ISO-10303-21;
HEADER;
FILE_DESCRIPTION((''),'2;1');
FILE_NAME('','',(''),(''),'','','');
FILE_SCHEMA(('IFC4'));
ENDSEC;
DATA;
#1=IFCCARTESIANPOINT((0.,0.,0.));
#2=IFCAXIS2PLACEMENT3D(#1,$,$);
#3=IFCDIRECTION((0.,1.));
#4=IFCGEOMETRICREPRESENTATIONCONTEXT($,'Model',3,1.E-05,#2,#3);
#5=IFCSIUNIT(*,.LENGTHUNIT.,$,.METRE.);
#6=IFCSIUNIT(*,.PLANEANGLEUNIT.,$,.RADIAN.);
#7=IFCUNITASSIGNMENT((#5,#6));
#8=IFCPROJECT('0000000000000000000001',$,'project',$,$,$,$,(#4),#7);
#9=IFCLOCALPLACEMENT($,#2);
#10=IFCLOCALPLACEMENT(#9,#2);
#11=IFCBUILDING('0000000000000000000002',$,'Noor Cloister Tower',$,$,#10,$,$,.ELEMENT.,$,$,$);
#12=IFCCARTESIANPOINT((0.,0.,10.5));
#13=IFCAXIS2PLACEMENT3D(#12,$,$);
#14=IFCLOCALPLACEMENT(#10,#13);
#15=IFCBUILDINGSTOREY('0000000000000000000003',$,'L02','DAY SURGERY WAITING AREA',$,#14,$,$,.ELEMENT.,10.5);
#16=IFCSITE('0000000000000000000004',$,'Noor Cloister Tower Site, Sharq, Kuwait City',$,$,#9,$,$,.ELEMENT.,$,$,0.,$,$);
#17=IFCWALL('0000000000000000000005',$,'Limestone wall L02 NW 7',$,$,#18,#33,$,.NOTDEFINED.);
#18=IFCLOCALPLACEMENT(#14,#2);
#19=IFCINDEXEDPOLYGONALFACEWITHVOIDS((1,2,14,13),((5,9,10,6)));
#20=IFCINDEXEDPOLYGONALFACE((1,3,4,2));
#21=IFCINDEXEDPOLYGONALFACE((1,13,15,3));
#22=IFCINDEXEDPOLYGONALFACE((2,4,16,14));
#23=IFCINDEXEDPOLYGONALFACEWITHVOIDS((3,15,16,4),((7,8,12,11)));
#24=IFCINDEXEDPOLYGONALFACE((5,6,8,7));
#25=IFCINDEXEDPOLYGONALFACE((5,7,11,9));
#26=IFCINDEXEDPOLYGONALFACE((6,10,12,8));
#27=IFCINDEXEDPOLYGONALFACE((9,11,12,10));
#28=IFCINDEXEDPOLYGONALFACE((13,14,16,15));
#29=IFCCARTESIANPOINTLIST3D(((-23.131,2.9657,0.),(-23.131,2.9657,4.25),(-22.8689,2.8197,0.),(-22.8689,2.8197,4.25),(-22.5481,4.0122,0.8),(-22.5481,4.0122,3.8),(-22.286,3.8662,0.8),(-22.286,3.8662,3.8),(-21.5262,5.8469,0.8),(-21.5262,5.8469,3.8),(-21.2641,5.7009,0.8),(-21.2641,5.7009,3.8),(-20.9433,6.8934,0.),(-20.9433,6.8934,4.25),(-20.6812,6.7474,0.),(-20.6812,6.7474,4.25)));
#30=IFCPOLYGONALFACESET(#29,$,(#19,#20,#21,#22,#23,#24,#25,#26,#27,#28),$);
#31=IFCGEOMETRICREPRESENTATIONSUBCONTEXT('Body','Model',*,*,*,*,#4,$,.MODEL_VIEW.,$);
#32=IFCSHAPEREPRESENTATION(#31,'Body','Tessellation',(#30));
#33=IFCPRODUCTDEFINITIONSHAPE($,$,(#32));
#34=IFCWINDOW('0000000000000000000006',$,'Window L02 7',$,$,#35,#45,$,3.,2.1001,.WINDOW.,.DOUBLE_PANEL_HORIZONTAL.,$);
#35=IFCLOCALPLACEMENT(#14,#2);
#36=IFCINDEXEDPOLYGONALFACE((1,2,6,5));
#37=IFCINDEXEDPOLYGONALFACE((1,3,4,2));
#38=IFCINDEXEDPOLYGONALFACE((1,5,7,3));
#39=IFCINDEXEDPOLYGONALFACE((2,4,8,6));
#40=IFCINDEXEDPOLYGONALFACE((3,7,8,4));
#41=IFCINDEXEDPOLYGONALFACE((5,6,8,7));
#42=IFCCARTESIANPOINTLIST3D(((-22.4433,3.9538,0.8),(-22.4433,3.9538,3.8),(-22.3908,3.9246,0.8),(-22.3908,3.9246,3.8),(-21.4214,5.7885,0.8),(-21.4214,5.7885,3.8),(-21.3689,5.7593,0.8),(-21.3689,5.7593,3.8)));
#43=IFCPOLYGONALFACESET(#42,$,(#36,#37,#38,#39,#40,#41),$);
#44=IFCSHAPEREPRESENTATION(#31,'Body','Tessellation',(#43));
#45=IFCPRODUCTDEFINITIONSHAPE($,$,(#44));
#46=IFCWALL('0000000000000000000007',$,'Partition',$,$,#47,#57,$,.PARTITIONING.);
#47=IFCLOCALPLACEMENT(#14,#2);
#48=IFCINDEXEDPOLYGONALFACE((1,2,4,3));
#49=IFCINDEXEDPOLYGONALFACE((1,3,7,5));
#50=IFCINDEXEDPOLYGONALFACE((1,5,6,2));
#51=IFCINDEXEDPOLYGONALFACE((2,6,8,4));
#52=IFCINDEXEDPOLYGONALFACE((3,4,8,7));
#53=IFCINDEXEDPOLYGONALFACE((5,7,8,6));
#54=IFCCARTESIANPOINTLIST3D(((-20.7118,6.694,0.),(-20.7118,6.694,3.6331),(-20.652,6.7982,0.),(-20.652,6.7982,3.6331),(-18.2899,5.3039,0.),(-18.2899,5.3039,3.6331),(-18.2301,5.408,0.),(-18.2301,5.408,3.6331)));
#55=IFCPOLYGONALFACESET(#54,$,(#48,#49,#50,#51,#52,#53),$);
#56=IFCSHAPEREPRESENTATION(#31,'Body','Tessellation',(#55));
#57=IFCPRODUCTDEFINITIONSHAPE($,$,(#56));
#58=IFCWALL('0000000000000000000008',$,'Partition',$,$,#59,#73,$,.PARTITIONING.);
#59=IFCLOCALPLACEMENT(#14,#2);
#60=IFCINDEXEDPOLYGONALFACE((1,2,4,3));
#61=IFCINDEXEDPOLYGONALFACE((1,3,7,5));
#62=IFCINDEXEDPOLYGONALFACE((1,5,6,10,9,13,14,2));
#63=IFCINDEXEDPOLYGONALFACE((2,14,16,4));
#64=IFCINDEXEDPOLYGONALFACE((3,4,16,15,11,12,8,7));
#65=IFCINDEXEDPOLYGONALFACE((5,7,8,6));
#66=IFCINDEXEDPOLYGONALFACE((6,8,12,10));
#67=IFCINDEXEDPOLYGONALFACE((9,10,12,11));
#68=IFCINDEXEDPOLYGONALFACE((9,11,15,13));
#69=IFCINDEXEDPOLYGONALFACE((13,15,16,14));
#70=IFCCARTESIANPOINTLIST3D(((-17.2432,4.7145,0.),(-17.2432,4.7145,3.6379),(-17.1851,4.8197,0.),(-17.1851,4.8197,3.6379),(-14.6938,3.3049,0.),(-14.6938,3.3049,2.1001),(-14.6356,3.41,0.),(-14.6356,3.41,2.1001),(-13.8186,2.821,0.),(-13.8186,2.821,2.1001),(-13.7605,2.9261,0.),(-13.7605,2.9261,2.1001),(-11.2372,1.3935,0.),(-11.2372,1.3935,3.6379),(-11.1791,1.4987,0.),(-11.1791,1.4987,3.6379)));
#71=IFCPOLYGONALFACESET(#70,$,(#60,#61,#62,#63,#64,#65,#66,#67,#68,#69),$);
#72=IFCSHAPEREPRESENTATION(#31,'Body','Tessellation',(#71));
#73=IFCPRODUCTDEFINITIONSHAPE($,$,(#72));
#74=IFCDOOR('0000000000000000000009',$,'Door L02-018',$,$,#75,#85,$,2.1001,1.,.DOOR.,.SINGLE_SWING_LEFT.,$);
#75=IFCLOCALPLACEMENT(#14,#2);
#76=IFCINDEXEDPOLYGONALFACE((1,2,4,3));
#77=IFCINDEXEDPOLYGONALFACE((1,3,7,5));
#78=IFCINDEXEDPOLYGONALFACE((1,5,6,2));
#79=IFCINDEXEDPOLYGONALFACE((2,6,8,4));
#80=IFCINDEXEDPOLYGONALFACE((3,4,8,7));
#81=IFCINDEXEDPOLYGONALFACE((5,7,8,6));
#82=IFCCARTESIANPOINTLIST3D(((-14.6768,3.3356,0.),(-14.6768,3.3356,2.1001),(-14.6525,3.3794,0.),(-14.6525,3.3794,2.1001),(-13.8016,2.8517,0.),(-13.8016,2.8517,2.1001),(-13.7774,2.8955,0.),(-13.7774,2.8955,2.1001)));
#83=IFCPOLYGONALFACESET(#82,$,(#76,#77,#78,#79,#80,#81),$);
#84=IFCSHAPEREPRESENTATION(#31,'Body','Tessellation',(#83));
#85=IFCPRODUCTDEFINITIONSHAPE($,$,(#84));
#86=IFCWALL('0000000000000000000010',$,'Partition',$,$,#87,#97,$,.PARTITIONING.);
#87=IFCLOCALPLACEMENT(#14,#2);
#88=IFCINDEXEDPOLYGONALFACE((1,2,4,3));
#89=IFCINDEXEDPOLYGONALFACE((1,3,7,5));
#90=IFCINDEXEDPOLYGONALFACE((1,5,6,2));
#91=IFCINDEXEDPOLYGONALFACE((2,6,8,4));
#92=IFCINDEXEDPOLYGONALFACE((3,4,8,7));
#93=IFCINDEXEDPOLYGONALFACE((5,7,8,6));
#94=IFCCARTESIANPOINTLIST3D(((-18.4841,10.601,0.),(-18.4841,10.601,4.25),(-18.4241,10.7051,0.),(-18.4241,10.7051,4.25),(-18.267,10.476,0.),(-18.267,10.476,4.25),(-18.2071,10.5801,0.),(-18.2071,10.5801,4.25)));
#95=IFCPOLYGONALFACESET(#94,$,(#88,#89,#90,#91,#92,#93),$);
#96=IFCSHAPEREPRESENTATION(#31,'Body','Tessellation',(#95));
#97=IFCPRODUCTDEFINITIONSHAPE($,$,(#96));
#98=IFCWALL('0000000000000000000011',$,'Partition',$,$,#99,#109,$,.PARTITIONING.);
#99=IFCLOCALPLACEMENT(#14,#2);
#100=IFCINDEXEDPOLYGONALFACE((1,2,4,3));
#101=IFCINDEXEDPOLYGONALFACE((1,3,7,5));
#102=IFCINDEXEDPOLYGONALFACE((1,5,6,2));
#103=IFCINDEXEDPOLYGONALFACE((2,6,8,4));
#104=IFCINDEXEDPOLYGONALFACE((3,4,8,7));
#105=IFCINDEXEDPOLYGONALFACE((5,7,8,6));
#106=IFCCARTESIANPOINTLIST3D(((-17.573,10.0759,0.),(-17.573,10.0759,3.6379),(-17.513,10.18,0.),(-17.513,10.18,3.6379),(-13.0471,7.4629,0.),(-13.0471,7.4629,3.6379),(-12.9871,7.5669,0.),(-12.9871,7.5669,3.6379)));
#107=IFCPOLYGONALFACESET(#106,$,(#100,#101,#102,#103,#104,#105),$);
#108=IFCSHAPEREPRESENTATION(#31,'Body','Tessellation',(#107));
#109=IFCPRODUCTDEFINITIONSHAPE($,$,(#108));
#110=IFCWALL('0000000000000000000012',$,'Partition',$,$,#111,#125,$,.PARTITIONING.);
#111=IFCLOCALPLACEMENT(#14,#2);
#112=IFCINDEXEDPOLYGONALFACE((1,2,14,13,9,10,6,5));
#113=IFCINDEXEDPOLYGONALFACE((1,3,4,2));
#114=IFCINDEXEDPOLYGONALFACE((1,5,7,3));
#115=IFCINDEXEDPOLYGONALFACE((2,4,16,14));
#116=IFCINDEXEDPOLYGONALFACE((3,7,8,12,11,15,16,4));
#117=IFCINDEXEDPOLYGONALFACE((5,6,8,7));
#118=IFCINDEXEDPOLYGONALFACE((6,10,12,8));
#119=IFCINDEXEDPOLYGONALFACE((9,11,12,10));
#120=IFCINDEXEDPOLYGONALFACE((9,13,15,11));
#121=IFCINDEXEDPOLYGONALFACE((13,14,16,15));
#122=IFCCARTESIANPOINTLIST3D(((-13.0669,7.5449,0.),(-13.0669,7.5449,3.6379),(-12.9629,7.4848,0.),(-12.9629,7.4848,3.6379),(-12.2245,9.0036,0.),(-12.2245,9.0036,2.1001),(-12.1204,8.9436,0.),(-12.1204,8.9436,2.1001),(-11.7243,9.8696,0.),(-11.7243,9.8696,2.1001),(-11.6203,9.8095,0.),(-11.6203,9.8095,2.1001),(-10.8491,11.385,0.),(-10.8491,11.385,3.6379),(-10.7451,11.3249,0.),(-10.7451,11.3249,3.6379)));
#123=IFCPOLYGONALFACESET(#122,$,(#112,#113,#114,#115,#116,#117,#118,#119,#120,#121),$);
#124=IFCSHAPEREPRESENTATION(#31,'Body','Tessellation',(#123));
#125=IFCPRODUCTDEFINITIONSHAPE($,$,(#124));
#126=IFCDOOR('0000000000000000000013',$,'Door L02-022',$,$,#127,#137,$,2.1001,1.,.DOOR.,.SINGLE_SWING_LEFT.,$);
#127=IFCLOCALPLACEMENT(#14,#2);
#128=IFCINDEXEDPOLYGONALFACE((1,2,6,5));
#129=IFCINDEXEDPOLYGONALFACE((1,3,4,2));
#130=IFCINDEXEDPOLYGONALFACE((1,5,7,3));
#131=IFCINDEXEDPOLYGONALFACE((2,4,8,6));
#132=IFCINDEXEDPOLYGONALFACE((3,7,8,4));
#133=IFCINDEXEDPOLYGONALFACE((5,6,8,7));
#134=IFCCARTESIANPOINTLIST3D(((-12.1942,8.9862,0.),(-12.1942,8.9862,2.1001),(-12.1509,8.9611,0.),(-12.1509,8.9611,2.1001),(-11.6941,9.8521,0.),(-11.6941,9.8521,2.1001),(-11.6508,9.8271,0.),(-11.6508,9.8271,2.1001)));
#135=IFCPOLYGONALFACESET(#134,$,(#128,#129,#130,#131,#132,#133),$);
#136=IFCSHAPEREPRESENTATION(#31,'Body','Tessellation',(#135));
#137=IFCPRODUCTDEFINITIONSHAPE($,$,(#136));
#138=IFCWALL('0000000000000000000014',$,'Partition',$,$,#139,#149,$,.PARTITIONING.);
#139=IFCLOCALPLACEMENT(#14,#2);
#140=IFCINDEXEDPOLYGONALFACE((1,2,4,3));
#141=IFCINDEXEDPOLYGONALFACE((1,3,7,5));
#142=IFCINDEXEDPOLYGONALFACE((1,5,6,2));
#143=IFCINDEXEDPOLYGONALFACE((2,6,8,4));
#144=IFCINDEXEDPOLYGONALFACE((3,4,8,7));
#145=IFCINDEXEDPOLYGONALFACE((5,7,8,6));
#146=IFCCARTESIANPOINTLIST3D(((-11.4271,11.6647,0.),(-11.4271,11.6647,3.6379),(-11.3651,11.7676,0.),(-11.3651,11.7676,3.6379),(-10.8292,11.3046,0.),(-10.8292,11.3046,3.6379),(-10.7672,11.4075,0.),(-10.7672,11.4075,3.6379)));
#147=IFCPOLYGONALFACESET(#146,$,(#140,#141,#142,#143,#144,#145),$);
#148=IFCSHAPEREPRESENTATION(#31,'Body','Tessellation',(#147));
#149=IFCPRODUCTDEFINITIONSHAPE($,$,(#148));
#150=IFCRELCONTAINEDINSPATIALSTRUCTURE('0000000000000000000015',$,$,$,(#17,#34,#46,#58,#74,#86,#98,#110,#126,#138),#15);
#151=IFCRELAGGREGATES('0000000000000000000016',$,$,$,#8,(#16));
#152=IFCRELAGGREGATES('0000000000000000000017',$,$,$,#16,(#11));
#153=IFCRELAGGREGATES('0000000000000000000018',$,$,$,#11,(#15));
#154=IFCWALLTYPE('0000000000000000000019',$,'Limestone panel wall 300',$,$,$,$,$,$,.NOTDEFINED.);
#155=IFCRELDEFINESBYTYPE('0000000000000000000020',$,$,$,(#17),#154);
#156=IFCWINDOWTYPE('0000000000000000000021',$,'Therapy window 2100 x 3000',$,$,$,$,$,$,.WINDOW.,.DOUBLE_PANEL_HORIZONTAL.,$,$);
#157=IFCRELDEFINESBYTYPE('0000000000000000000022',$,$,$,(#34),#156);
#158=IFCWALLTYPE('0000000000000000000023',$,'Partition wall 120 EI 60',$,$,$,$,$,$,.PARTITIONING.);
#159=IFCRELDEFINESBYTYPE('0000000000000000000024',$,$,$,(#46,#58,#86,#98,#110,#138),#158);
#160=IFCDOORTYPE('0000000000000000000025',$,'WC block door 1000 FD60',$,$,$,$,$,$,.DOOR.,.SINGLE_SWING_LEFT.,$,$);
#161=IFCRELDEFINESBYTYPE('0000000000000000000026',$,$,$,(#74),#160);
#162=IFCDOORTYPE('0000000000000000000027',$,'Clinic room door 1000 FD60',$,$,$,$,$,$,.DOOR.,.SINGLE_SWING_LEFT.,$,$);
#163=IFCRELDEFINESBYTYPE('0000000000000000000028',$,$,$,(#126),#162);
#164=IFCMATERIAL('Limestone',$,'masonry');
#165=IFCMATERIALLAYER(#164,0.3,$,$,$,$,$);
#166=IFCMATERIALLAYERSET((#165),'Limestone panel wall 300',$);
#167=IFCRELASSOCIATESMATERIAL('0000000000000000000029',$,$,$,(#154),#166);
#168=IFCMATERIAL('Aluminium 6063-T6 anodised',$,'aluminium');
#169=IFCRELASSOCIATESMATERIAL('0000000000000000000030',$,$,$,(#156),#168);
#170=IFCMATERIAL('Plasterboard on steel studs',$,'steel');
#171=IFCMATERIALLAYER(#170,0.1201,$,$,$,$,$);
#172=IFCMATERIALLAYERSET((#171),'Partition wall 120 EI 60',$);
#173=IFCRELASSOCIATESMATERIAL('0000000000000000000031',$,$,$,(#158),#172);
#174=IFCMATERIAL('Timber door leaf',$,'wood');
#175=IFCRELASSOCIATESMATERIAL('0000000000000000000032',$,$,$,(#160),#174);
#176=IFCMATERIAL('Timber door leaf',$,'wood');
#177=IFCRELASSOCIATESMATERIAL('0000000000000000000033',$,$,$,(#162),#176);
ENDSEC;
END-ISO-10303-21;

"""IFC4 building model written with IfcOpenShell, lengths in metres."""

from ifc_helpers import new_model, si_unit, direction, frame, frame_2d, origin, place, context, subcontext, project, spatial, rectangle, extrude, material, layer, layer_set, type_object, element, fill, save


model = new_model("IFC4")

# Units and contexts
model_context = context("Model", 3, precision=1e-05, world=origin(), true_north=direction((0.0, 1.0)))
body_context = subcontext(model_context, "Body", "Model", "MODEL_VIEW")
ifc_project = project(units=[si_unit("LENGTHUNIT", "METRE"), si_unit("PLANEANGLEUNIT", "RADIAN")], contexts=[model_context])

# Site, building, storey
site_placement = place(None, origin())
site = spatial("IfcSite", under=ifc_project, at=site_placement, Name="Noor Cloister Tower Site, Sharq, Kuwait City", CompositionType="ELEMENT", RefElevation=0.0)
building_placement = place(site_placement, origin())
building = spatial("IfcBuilding", under=site, at=building_placement, Name="Noor Cloister Tower", CompositionType="ELEMENT")
storey_placement = place(building_placement, frame((0.0, 0.0, 10.5)))
storey = spatial("IfcBuildingStorey", under=building, at=storey_placement, Name="L02", Description="DAY SURGERY WAITING AREA", CompositionType="ELEMENT", Elevation=10.5)

# Wall, opening, window
ifc_material_1 = material(Name="Limestone", Category="masonry")
ifc_layer_1 = layer(ifc_material_1, 0.3)
ifc_layer_set_1 = layer_set([ifc_layer_1], Name="Limestone panel wall 300")
wall_type_1 = type_object("IfcWallType", Name="Limestone panel wall 300", PredefinedType="NOTDEFINED", material=ifc_layer_set_1)
wall_1_placement = place(storey_placement, frame((-23.0, 2.8926, 0.0), z_axis=(0.0, 0.0, 1.0), x_axis=(0.486606, 0.873621, 0.0)))
wall_1 = element("IfcWall", 1, at=wall_1_placement, inside=storey, type_object=wall_type_1, Name="Limestone wall L02 NW 7", PredefinedType="NOTDEFINED", context=body_context, shape_type="SweptSolid", body=[
    extrude(rectangle(XDim=4.4958, YDim=0.3, at=frame_2d((2.248, 0.0))), origin(), (0.0, 0.0, 1.0), 4.25),
])
opening_1_placement = place(wall_1_placement, frame((1.198, 0.0, 0.8)))
opening_1 = element("IfcOpeningElement", 2, at=opening_1_placement, cuts=wall_1, PredefinedType="OPENING", context=body_context, shape_type="SweptSolid", body=[
    extrude(rectangle(XDim=2.1001, YDim=3.0, at=frame_2d((1.05, 1.5))), frame((0.0, 0.1602, 0.0), z_axis=(0.0, -1.0, 0.0), x_axis=(1.0, 0.0, 0.0)), (0.0, 0.0, 1.0), 0.3201),
])
ifc_material_2 = material(Name="Aluminium 6063-T6 anodised", Category="aluminium")
window_type_1 = type_object("IfcWindowType", Name="Therapy window 2100 x 3000", PartitioningType="DOUBLE_PANEL_HORIZONTAL", PredefinedType="WINDOW", material=ifc_material_2)
window_1_placement = place(opening_1_placement, origin())
window_1 = element("IfcWindow", 3, at=window_1_placement, inside=storey, type_object=window_type_1, Name="Window L02 7", OverallHeight=3.0, OverallWidth=2.1001, PartitioningType="DOUBLE_PANEL_HORIZONTAL", PredefinedType="WINDOW", context=body_context, shape_type="SweptSolid", body=[
    extrude(rectangle(XDim=2.1001, YDim=3.0, at=frame_2d((1.05, 1.5))), frame((0.0, 0.03, 0.0), z_axis=(0.0, -1.0, 0.0), x_axis=(1.0, 0.0, 0.0)), (0.0, 0.0, 1.0), 0.0601),
])
fill(opening_1, window_1)

# Wall
ifc_material_3 = material(Name="Plasterboard on steel studs", Category="steel")
ifc_layer_2 = layer(ifc_material_3, 0.1201)
ifc_layer_set_2 = layer_set([ifc_layer_2], Name="Partition wall 120 EI 60")
wall_type_2 = type_object("IfcWallType", Name="Partition wall 120 EI 60", PredefinedType="PARTITIONING", material=ifc_layer_set_2)
wall_2_placement = place(storey_placement, frame((-18.26, 5.356, 0.0), z_axis=(0.0, 0.0, 1.0), x_axis=(-0.867284, 0.497814, 0.0)))
element("IfcWall", 4, at=wall_2_placement, inside=storey, type_object=wall_type_2, Name="Partition", PredefinedType="PARTITIONING", context=body_context, shape_type="SweptSolid", body=[
    extrude(rectangle(XDim=2.7925, YDim=0.1201, at=frame_2d((1.3962, 0.0))), origin(), (0.0, 0.0, 1.0), 3.6331),
])

# Wall, opening, door
wall_3_placement = place(storey_placement, frame((-11.208, 1.446, 0.0), z_axis=(0.0, 0.0, 1.0), x_axis=(-0.875125, 0.483896, 0.0)))
wall_3 = element("IfcWall", 5, at=wall_3_placement, inside=storey, type_object=wall_type_2, Name="Partition", PredefinedType="PARTITIONING", context=body_context, shape_type="SweptSolid", body=[
    extrude(rectangle(XDim=6.863, YDim=0.1201, at=frame_2d((3.4316, 0.0))), origin(), (0.0, 0.0, 1.0), 3.6379),
])
opening_2_placement = place(wall_3_placement, frame((2.95, 0.0, 0.0)))
opening_2 = element("IfcOpeningElement", 6, at=opening_2_placement, cuts=wall_3, PredefinedType="OPENING", context=body_context, shape_type="SweptSolid", body=[
    extrude(rectangle(XDim=1.0, YDim=2.1001, at=frame_2d((0.5, 1.05))), frame((0.0, 0.0701, 0.0), z_axis=(0.0, -1.0, 0.0), x_axis=(1.0, 0.0, 0.0)), (0.0, 0.0, 1.0), 0.1401),
])
ifc_material_4 = material(Name="Timber door leaf", Category="wood")
door_type_1 = type_object("IfcDoorType", Name="WC block door 1000 FD60", OperationType="SINGLE_SWING_LEFT", PredefinedType="DOOR", material=ifc_material_4)
door_1_placement = place(opening_2_placement, origin())
door_1 = element("IfcDoor", 7, at=door_1_placement, inside=storey, type_object=door_type_1, Name="Door L02-018", OperationType="SINGLE_SWING_LEFT", OverallHeight=2.1001, OverallWidth=1.0, PredefinedType="DOOR", context=body_context, shape_type="SweptSolid", body=[
    extrude(rectangle(XDim=1.0, YDim=2.1001, at=frame_2d((0.5, 1.05))), frame((0.0, 0.0249, 0.0), z_axis=(0.0, -1.0, 0.0), x_axis=(1.0, 0.0, 0.0)), (0.0, 0.0, 1.0), 0.05),
])
fill(opening_2, door_1)

# Walls
wall_4_placement = place(storey_placement, frame((-18.2371, 10.5281, 0.0), z_axis=(0.0, 0.0, 1.0), x_axis=(-0.866559, 0.499075, 0.0)))
element("IfcWall", 8, at=wall_4_placement, inside=storey, type_object=wall_type_2, Name="Partition", PredefinedType="PARTITIONING", context=body_context, shape_type="SweptSolid", body=[
    extrude(rectangle(XDim=0.2505, YDim=0.1201, at=frame_2d((0.1252, 0.0))), origin(), (0.0, 0.0, 1.0), 4.25),
])
wall_5_placement = place(storey_placement, frame((-13.0171, 7.5149, 0.0), z_axis=(0.0, 0.0, 1.0), x_axis=(-0.866024, 0.500003, 0.0)))
element("IfcWall", 9, at=wall_5_placement, inside=storey, type_object=wall_type_2, Name="Partition", PredefinedType="PARTITIONING", context=body_context, shape_type="SweptSolid", body=[
    extrude(rectangle(XDim=5.2261, YDim=0.1201, at=frame_2d((2.613, 0.0))), origin(), (0.0, 0.0, 1.0), 3.6379),
])

# Wall, opening, door
wall_6_placement = place(storey_placement, frame((-10.7971, 11.355, 0.0), z_axis=(0.0, 0.0, 1.0), x_axis=(-0.500118, -0.865957, 0.0)))
wall_6 = element("IfcWall", 10, at=wall_6_placement, inside=storey, type_object=wall_type_2, Name="Partition", PredefinedType="PARTITIONING", context=body_context, shape_type="SweptSolid", body=[
    extrude(rectangle(XDim=4.4346, YDim=0.1201, at=frame_2d((2.2173, 0.0))), origin(), (0.0, 0.0, 1.0), 3.6379),
])
opening_3_placement = place(wall_6_placement, frame((1.75, 0.0, 0.0)))
opening_3 = element("IfcOpeningElement", 11, at=opening_3_placement, cuts=wall_6, PredefinedType="OPENING", context=body_context, shape_type="SweptSolid", body=[
    extrude(rectangle(XDim=1.0, YDim=2.1001, at=frame_2d((0.5, 1.05))), frame((0.0, 0.0701, 0.0), z_axis=(0.0, -1.0, 0.0), x_axis=(1.0, 0.0, 0.0)), (0.0, 0.0, 1.0), 0.1401),
])
ifc_material_5 = material(Name="Timber door leaf", Category="wood")
door_type_2 = type_object("IfcDoorType", Name="Clinic room door 1000 FD60", OperationType="SINGLE_SWING_LEFT", PredefinedType="DOOR", material=ifc_material_5)
door_2_placement = place(opening_3_placement, origin())
door_2 = element("IfcDoor", 12, at=door_2_placement, inside=storey, type_object=door_type_2, Name="Door L02-022", OperationType="SINGLE_SWING_LEFT", OverallHeight=2.1001, OverallWidth=1.0, PredefinedType="DOOR", context=body_context, shape_type="SweptSolid", body=[
    extrude(rectangle(XDim=1.0, YDim=2.1001, at=frame_2d((0.5, 1.05))), frame((0.0, 0.0249, 0.0), z_axis=(0.0, -1.0, 0.0), x_axis=(1.0, 0.0, 0.0)), (0.0, 0.0, 1.0), 0.05),
])
fill(opening_3, door_2)

# Wall
wall_7_placement = place(storey_placement, frame((-10.7981, 11.356, 0.0), z_axis=(0.0, 0.0, 1.0), x_axis=(-0.856628, 0.515935, 0.0)))
element("IfcWall", 13, at=wall_7_placement, inside=storey, type_object=wall_type_2, Name="Partition", PredefinedType="PARTITIONING", context=body_context, shape_type="SweptSolid", body=[
    extrude(rectangle(XDim=0.698, YDim=0.1201, at=frame_2d((0.3491, 0.0))), origin(), (0.0, 0.0, 1.0), 3.6379),
])

save(model, "model.ifc")
